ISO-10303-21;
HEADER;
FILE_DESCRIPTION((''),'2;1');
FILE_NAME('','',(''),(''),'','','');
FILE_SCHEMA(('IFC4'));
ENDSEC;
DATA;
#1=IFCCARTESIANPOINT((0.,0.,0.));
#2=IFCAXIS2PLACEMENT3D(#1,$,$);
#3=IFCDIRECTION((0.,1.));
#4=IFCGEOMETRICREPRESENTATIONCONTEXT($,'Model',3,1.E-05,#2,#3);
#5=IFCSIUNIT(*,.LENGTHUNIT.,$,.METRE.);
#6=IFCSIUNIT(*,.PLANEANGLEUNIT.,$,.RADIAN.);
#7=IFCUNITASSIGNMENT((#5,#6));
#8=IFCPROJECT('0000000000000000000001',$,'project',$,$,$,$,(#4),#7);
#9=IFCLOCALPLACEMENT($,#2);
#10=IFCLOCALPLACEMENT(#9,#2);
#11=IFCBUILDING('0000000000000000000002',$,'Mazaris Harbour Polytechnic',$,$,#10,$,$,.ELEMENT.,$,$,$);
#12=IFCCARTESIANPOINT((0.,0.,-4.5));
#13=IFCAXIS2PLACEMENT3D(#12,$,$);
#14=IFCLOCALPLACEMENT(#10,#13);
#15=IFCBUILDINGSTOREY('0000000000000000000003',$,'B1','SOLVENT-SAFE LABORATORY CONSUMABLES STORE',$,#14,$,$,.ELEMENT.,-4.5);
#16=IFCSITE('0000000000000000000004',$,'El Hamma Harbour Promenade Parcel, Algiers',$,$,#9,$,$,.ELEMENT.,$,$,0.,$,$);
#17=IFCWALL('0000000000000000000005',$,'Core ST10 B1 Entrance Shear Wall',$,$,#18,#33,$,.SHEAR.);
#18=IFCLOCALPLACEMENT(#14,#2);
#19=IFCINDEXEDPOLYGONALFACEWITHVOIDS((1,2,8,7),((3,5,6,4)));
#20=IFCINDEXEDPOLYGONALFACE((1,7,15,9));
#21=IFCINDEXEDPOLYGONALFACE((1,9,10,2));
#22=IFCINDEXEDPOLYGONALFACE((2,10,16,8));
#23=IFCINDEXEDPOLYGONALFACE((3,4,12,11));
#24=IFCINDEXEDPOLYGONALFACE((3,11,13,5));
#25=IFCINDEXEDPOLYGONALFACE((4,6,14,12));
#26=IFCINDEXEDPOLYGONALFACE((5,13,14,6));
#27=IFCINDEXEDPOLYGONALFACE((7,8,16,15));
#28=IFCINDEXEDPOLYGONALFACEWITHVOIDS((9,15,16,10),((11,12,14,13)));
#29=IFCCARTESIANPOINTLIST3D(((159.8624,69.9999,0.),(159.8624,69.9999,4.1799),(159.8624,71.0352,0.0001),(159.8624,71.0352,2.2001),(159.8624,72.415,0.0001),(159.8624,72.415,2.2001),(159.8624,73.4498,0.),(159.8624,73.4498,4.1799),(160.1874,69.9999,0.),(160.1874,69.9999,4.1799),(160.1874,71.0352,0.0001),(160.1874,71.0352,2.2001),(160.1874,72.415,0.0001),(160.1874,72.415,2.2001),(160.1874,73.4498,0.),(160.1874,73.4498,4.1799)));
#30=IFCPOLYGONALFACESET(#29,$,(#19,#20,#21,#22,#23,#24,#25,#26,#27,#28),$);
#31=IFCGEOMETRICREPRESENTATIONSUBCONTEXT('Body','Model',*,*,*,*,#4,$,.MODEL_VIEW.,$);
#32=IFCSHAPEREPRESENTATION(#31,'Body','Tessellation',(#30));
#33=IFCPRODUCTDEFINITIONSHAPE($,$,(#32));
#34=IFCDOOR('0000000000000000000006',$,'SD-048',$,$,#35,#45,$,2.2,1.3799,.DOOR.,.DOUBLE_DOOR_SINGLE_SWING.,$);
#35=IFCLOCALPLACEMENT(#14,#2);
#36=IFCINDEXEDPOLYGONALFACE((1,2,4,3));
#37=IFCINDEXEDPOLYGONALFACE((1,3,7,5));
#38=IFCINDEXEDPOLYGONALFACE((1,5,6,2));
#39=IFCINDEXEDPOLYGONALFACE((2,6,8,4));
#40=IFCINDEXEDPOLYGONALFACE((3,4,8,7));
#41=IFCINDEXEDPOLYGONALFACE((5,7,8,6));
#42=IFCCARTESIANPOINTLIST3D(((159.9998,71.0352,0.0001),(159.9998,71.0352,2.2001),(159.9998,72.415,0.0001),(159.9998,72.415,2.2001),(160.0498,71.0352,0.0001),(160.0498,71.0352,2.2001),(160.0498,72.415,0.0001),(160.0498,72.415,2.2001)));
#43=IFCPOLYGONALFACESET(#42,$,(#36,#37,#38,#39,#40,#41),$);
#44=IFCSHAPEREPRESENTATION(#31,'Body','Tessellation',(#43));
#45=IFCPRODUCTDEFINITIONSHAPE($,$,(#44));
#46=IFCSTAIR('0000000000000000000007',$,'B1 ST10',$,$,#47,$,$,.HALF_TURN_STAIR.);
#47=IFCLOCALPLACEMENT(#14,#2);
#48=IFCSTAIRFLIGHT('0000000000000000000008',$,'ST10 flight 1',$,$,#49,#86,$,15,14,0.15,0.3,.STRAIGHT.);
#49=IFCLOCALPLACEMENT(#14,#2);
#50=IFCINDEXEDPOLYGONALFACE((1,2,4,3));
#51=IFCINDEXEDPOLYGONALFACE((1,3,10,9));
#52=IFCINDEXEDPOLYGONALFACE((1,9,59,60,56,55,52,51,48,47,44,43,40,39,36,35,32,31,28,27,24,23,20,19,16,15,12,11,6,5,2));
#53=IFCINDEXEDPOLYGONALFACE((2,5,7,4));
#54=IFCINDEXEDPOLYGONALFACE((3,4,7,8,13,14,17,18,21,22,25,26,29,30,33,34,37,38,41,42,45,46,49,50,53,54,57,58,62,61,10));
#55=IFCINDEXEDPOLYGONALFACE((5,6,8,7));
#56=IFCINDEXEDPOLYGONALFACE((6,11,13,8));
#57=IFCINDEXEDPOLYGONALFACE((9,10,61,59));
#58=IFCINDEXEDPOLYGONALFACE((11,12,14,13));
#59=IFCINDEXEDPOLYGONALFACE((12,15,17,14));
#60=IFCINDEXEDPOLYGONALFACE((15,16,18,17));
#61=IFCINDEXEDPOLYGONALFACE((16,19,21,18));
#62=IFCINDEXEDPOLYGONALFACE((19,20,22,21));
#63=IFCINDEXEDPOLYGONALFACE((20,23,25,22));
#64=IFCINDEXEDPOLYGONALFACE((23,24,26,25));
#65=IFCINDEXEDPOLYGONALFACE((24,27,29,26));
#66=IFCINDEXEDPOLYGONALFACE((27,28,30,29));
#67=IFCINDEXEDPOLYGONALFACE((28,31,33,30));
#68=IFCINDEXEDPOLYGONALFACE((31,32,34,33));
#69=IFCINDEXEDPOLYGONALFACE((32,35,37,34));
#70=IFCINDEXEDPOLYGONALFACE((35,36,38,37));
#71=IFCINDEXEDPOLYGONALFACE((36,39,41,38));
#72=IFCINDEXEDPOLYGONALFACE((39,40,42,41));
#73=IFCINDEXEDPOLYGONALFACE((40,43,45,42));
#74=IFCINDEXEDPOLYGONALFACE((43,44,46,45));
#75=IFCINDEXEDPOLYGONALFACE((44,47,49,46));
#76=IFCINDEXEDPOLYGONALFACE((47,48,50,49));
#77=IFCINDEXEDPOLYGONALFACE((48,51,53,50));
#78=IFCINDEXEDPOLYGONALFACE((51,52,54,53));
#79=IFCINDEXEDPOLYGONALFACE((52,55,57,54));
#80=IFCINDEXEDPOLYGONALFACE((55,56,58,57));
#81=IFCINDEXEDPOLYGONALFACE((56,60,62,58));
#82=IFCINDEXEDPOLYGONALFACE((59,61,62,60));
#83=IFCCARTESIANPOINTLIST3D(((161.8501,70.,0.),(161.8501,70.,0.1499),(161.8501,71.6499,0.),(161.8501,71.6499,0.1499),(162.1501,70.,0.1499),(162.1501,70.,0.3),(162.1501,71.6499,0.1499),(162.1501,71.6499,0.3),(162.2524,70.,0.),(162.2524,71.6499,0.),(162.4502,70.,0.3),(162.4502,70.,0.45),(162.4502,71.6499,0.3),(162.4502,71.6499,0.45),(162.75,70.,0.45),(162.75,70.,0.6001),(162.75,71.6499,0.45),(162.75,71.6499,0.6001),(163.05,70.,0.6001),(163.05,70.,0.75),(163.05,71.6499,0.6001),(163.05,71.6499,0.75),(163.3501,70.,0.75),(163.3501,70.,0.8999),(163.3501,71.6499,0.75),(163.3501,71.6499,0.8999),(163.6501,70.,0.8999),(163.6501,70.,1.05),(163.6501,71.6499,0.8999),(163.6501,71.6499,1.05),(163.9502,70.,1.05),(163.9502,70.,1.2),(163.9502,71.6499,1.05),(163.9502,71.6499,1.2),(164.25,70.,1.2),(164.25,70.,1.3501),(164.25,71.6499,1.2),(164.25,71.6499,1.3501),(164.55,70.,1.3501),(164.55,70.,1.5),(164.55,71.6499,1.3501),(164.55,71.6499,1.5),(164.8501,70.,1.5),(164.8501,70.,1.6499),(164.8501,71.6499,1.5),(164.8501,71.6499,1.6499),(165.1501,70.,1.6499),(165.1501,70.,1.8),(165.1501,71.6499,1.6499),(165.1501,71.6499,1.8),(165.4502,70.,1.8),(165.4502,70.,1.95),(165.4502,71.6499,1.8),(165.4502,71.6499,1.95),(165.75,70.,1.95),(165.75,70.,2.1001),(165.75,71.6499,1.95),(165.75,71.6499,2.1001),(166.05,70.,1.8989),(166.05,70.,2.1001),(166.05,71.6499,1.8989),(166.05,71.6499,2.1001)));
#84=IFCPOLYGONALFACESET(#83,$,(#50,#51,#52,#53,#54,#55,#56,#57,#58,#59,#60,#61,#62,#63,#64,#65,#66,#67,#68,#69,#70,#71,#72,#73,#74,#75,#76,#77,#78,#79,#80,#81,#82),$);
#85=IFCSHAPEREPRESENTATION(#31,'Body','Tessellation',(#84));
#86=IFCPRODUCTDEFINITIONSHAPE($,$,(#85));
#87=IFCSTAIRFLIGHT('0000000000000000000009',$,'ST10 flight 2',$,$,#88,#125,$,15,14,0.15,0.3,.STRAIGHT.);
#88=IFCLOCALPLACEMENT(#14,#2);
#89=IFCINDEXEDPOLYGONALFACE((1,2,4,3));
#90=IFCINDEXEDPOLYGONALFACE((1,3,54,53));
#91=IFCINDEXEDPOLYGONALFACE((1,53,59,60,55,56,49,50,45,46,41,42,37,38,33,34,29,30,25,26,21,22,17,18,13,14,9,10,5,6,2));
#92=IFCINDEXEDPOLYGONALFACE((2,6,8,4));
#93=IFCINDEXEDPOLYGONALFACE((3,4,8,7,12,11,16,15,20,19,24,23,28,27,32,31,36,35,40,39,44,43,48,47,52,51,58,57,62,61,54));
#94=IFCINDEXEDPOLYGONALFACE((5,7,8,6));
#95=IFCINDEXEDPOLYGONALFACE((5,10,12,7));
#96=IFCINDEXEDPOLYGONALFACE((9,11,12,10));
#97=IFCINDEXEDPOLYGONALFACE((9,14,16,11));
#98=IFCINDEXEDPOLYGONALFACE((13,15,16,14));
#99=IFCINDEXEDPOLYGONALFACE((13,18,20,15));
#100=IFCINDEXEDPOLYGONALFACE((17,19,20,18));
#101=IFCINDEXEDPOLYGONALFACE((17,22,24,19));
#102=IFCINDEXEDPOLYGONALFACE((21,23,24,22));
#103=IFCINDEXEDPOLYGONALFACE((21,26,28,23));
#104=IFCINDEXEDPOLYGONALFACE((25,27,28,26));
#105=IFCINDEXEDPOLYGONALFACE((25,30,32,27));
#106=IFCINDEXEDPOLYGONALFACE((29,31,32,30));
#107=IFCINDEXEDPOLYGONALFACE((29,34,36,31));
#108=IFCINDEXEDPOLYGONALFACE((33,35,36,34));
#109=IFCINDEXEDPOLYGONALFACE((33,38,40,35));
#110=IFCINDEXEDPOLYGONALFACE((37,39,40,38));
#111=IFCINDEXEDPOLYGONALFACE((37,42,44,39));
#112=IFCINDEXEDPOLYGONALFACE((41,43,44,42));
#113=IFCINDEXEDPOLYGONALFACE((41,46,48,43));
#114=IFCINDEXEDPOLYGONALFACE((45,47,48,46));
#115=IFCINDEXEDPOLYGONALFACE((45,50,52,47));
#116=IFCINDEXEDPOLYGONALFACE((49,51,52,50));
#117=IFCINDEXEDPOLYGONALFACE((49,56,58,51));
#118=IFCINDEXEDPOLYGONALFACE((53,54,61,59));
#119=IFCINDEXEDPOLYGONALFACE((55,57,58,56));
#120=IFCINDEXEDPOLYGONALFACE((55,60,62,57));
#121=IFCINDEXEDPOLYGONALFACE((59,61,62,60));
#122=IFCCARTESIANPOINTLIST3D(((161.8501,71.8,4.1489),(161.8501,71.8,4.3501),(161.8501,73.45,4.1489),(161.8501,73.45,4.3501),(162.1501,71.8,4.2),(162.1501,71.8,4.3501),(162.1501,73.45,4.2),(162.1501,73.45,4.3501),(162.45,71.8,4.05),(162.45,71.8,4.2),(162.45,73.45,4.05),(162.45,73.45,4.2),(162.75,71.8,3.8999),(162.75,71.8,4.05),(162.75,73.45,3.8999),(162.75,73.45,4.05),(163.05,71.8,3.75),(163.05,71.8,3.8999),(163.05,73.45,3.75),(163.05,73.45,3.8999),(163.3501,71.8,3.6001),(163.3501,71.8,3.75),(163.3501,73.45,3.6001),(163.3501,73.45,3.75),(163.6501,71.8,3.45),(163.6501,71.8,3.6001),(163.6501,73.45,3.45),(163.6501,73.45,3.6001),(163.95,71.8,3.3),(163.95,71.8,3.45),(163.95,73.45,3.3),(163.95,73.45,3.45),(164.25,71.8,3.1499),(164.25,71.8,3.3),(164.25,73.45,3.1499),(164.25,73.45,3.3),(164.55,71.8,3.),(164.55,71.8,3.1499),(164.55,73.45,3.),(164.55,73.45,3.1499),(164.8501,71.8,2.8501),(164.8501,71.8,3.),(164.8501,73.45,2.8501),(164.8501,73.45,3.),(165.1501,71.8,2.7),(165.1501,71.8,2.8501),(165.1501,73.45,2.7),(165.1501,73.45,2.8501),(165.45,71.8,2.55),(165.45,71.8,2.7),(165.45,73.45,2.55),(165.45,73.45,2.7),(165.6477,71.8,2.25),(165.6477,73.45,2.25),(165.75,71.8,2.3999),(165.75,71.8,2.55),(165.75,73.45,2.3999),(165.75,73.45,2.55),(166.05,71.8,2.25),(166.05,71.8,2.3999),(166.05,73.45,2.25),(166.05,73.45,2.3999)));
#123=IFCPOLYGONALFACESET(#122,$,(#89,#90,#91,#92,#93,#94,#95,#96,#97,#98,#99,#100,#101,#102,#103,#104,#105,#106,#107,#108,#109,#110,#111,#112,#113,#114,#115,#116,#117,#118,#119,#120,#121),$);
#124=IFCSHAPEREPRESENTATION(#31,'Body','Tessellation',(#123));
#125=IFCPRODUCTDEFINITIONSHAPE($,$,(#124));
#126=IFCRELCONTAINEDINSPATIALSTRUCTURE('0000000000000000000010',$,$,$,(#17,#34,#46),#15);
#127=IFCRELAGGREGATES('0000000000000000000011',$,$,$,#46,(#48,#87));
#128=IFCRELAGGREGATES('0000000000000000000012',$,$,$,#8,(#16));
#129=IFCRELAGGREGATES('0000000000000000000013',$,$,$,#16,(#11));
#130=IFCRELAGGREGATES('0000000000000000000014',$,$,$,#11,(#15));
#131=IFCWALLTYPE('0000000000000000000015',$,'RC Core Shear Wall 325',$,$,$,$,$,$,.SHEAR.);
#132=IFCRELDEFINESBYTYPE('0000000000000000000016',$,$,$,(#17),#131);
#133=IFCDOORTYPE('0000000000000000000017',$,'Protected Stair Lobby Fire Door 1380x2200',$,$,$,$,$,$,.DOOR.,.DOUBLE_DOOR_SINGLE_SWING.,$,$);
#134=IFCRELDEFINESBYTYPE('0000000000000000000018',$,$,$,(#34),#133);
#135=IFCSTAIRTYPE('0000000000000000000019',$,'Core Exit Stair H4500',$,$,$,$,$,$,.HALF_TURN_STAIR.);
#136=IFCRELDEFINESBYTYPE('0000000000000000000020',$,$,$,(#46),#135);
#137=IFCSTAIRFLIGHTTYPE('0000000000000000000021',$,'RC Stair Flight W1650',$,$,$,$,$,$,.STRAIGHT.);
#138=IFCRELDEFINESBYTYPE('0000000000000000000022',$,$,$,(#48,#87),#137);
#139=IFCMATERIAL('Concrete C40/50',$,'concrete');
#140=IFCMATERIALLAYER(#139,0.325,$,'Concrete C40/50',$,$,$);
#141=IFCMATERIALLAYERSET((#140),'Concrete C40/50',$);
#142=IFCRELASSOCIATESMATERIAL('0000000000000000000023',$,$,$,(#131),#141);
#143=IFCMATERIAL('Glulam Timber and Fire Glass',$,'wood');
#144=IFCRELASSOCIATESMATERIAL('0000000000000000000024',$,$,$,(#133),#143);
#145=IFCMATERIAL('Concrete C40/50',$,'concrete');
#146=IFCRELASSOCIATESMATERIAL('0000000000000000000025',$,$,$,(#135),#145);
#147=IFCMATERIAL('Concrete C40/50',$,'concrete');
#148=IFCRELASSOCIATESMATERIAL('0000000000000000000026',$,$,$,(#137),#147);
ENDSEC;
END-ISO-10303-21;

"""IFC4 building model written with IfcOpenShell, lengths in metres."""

from ifc_helpers import new_model, si_unit, direction, frame, frame_2d, origin, place, context, subcontext, project, spatial, polyline, rectangle, outline, extrude, material, layer, layer_set, type_object, element, fill, aggregate, save


model = new_model("IFC4")

# Units and contexts
model_context = context("Model", 3, precision=1e-05, world=origin(), true_north=direction((0.0, 1.0)))
body_context = subcontext(model_context, "Body", "Model", "MODEL_VIEW")
ifc_project = project(units=[si_unit("LENGTHUNIT", "METRE"), si_unit("PLANEANGLEUNIT", "RADIAN")], contexts=[model_context])

# Site, building, storey
site_placement = place(None, origin())
site = spatial("IfcSite", under=ifc_project, at=site_placement, Name="El Hamma Harbour Promenade Parcel, Algiers", CompositionType="ELEMENT", RefElevation=0.0)
building_placement = place(site_placement, origin())
building = spatial("IfcBuilding", under=site, at=building_placement, Name="Mazaris Harbour Polytechnic", CompositionType="ELEMENT")
storey_placement = place(building_placement, frame((0.0, 0.0, -4.5)))
storey = spatial("IfcBuildingStorey", under=building, at=storey_placement, Name="B1", Description="SOLVENT-SAFE LABORATORY CONSUMABLES STORE", CompositionType="ELEMENT", Elevation=-4.5)

# Shared definitions
ifc_material_1 = material(Name="Concrete C40/50", Category="concrete")
ifc_layer = layer(ifc_material_1, 0.325, Name="Concrete C40/50")
ifc_layer_set = layer_set([ifc_layer], Name="Concrete C40/50")
wall_type = type_object("IfcWallType", Name="RC Core Shear Wall 325", PredefinedType="SHEAR", material=ifc_layer_set)

# Wall, opening, door
wall_1_placement = place(storey_placement, frame((160.0249, 73.45, 0.0), z_axis=(0.0, 0.0, 1.0), x_axis=(0.0, -1.0, 0.0)))
wall_1 = element("IfcWall", 1, at=wall_1_placement, inside=storey, type_object=wall_type, Name="Core ST10 B1 Entrance Shear Wall", PredefinedType="SHEAR", context=body_context, shape_type="SweptSolid", body=[
    extrude(rectangle(XDim=3.45, YDim=0.325, at=frame_2d((1.7251, 0.0))), origin(), (0.0, 0.0, 1.0), 4.1799),
])
opening_placement = place(wall_1_placement, frame((1.0349, 0.0, 0.0)))
opening = element("IfcOpeningElement", 2, at=opening_placement, cuts=wall_1, PredefinedType="OPENING", context=body_context, shape_type="SweptSolid", body=[
    extrude(rectangle(XDim=1.3799, YDim=2.2, at=frame_2d((0.6899, 1.1001))), frame((0.0, 0.1724, 0.0), z_axis=(0.0, -1.0, 0.0), x_axis=(1.0, 0.0, 0.0)), (0.0, 0.0, 1.0), 0.345),
])
ifc_material_2 = material(Name="Glulam Timber and Fire Glass", Category="wood")
door_type = type_object("IfcDoorType", Name="Protected Stair Lobby Fire Door 1380x2200", OperationType="DOUBLE_DOOR_SINGLE_SWING", PredefinedType="DOOR", material=ifc_material_2)
door_placement = place(opening_placement, origin())
door = element("IfcDoor", 3, at=door_placement, inside=storey, type_object=door_type, Name="SD-048", OperationType="DOUBLE_DOOR_SINGLE_SWING", OverallHeight=2.2, OverallWidth=1.3799, PredefinedType="DOOR", context=body_context, shape_type="SweptSolid", body=[
    extrude(rectangle(XDim=1.3799, YDim=2.2, at=frame_2d((0.6899, 1.1001))), frame((0.0, 0.0249, 0.0), z_axis=(0.0, -1.0, 0.0), x_axis=(1.0, 0.0, 0.0)), (0.0, 0.0, 1.0), 0.05),
])
fill(opening, door)

# Stair, stair flights
ifc_material_3 = material(Name="Concrete C40/50", Category="concrete")
stair_type = type_object("IfcStairType", Name="Core Exit Stair H4500", PredefinedType="HALF_TURN_STAIR", material=ifc_material_3)
stair_placement = place(storey_placement, origin())
stair = element("IfcStair", 4, at=stair_placement, inside=storey, type_object=stair_type, Name="B1 ST10", PredefinedType="HALF_TURN_STAIR")
ifc_material_4 = material(Name="Concrete C40/50", Category="concrete")
stair_flight_type = type_object("IfcStairFlightType", Name="RC Stair Flight W1650", PredefinedType="STRAIGHT", material=ifc_material_4)
stair_flight_1_placement = place(storey_placement, frame((161.8501, 70.825, 0.0), z_axis=(0.0, 0.0, 1.0), x_axis=(1.0, 0.0, 0.0)))
stair_flight_1 = element("IfcStairFlight", 5, at=stair_flight_1_placement, type_object=stair_flight_type, Name="ST10 flight 1", NumberOfRisers=15, NumberOfTreads=14, PredefinedType="STRAIGHT", RiserHeight=0.15, TreadLength=0.3, context=body_context, shape_type="SweptSolid", body=[
    extrude(outline(polyline([(0.0, 0.0), (0.0, 0.1499), (0.3, 0.1499), (0.3, 0.3), (0.6001, 0.3), (0.6001, 0.45), (0.8999, 0.45), (0.8999, 0.6001), (1.2, 0.6001), (1.2, 0.75), (1.5, 0.75), (1.5, 0.8999), (1.8, 0.8999), (1.8, 1.05), (2.1001, 1.05), (2.1001, 1.2), (2.3999, 1.2), (2.3999, 1.3501), (2.7, 1.3501), (2.7, 1.5), (3.0, 1.5), (3.0, 1.6499), (3.3, 1.6499), (3.3, 1.8), (3.6001, 1.8), (3.6001, 1.95), (3.8999, 1.95), (3.8999, 2.1001), (4.2, 2.1001), (4.2, 2.25), (4.2, 1.8989), (0.4023, 0.0), (0.0, 0.0)])), frame((0.0, 0.825, 0.0), z_axis=(0.0, -1.0, 0.0), x_axis=(1.0, 0.0, 0.0)), (0.0, 0.0, 1.0), 1.6499),
])
stair_flight_2_placement = place(storey_placement, frame((166.05, 72.625, 2.25), z_axis=(0.0, 0.0, 1.0), x_axis=(-1.0, 0.0, 0.0)))
stair_flight_2 = element("IfcStairFlight", 6, at=stair_flight_2_placement, type_object=stair_flight_type, Name="ST10 flight 2", NumberOfRisers=15, NumberOfTreads=14, PredefinedType="STRAIGHT", RiserHeight=0.15, TreadLength=0.3, context=body_context, shape_type="SweptSolid", body=[
    extrude(outline(polyline([(0.0, 0.0), (0.0, 0.1499), (0.3, 0.1499), (0.3, 0.3), (0.6001, 0.3), (0.6001, 0.45), (0.8999, 0.45), (0.8999, 0.6001), (1.2, 0.6001), (1.2, 0.75), (1.5, 0.75), (1.5, 0.8999), (1.8, 0.8999), (1.8, 1.05), (2.1001, 1.05), (2.1001, 1.2), (2.3999, 1.2), (2.3999, 1.3501), (2.7, 1.3501), (2.7, 1.5), (3.0, 1.5), (3.0, 1.6499), (3.3, 1.6499), (3.3, 1.8), (3.6001, 1.8), (3.6001, 1.95), (3.8999, 1.95), (3.8999, 2.1001), (4.2, 2.1001), (4.2, 2.25), (4.2, 1.8989), (0.4023, 0.0), (0.0, 0.0)])), frame((0.0, 0.825, 0.0), z_axis=(0.0, -1.0, 0.0), x_axis=(1.0, 0.0, 0.0)), (0.0, 0.0, 1.0), 1.6499),
])
aggregate(stair, [stair_flight_1, stair_flight_2])

save(model, "model.ifc")
